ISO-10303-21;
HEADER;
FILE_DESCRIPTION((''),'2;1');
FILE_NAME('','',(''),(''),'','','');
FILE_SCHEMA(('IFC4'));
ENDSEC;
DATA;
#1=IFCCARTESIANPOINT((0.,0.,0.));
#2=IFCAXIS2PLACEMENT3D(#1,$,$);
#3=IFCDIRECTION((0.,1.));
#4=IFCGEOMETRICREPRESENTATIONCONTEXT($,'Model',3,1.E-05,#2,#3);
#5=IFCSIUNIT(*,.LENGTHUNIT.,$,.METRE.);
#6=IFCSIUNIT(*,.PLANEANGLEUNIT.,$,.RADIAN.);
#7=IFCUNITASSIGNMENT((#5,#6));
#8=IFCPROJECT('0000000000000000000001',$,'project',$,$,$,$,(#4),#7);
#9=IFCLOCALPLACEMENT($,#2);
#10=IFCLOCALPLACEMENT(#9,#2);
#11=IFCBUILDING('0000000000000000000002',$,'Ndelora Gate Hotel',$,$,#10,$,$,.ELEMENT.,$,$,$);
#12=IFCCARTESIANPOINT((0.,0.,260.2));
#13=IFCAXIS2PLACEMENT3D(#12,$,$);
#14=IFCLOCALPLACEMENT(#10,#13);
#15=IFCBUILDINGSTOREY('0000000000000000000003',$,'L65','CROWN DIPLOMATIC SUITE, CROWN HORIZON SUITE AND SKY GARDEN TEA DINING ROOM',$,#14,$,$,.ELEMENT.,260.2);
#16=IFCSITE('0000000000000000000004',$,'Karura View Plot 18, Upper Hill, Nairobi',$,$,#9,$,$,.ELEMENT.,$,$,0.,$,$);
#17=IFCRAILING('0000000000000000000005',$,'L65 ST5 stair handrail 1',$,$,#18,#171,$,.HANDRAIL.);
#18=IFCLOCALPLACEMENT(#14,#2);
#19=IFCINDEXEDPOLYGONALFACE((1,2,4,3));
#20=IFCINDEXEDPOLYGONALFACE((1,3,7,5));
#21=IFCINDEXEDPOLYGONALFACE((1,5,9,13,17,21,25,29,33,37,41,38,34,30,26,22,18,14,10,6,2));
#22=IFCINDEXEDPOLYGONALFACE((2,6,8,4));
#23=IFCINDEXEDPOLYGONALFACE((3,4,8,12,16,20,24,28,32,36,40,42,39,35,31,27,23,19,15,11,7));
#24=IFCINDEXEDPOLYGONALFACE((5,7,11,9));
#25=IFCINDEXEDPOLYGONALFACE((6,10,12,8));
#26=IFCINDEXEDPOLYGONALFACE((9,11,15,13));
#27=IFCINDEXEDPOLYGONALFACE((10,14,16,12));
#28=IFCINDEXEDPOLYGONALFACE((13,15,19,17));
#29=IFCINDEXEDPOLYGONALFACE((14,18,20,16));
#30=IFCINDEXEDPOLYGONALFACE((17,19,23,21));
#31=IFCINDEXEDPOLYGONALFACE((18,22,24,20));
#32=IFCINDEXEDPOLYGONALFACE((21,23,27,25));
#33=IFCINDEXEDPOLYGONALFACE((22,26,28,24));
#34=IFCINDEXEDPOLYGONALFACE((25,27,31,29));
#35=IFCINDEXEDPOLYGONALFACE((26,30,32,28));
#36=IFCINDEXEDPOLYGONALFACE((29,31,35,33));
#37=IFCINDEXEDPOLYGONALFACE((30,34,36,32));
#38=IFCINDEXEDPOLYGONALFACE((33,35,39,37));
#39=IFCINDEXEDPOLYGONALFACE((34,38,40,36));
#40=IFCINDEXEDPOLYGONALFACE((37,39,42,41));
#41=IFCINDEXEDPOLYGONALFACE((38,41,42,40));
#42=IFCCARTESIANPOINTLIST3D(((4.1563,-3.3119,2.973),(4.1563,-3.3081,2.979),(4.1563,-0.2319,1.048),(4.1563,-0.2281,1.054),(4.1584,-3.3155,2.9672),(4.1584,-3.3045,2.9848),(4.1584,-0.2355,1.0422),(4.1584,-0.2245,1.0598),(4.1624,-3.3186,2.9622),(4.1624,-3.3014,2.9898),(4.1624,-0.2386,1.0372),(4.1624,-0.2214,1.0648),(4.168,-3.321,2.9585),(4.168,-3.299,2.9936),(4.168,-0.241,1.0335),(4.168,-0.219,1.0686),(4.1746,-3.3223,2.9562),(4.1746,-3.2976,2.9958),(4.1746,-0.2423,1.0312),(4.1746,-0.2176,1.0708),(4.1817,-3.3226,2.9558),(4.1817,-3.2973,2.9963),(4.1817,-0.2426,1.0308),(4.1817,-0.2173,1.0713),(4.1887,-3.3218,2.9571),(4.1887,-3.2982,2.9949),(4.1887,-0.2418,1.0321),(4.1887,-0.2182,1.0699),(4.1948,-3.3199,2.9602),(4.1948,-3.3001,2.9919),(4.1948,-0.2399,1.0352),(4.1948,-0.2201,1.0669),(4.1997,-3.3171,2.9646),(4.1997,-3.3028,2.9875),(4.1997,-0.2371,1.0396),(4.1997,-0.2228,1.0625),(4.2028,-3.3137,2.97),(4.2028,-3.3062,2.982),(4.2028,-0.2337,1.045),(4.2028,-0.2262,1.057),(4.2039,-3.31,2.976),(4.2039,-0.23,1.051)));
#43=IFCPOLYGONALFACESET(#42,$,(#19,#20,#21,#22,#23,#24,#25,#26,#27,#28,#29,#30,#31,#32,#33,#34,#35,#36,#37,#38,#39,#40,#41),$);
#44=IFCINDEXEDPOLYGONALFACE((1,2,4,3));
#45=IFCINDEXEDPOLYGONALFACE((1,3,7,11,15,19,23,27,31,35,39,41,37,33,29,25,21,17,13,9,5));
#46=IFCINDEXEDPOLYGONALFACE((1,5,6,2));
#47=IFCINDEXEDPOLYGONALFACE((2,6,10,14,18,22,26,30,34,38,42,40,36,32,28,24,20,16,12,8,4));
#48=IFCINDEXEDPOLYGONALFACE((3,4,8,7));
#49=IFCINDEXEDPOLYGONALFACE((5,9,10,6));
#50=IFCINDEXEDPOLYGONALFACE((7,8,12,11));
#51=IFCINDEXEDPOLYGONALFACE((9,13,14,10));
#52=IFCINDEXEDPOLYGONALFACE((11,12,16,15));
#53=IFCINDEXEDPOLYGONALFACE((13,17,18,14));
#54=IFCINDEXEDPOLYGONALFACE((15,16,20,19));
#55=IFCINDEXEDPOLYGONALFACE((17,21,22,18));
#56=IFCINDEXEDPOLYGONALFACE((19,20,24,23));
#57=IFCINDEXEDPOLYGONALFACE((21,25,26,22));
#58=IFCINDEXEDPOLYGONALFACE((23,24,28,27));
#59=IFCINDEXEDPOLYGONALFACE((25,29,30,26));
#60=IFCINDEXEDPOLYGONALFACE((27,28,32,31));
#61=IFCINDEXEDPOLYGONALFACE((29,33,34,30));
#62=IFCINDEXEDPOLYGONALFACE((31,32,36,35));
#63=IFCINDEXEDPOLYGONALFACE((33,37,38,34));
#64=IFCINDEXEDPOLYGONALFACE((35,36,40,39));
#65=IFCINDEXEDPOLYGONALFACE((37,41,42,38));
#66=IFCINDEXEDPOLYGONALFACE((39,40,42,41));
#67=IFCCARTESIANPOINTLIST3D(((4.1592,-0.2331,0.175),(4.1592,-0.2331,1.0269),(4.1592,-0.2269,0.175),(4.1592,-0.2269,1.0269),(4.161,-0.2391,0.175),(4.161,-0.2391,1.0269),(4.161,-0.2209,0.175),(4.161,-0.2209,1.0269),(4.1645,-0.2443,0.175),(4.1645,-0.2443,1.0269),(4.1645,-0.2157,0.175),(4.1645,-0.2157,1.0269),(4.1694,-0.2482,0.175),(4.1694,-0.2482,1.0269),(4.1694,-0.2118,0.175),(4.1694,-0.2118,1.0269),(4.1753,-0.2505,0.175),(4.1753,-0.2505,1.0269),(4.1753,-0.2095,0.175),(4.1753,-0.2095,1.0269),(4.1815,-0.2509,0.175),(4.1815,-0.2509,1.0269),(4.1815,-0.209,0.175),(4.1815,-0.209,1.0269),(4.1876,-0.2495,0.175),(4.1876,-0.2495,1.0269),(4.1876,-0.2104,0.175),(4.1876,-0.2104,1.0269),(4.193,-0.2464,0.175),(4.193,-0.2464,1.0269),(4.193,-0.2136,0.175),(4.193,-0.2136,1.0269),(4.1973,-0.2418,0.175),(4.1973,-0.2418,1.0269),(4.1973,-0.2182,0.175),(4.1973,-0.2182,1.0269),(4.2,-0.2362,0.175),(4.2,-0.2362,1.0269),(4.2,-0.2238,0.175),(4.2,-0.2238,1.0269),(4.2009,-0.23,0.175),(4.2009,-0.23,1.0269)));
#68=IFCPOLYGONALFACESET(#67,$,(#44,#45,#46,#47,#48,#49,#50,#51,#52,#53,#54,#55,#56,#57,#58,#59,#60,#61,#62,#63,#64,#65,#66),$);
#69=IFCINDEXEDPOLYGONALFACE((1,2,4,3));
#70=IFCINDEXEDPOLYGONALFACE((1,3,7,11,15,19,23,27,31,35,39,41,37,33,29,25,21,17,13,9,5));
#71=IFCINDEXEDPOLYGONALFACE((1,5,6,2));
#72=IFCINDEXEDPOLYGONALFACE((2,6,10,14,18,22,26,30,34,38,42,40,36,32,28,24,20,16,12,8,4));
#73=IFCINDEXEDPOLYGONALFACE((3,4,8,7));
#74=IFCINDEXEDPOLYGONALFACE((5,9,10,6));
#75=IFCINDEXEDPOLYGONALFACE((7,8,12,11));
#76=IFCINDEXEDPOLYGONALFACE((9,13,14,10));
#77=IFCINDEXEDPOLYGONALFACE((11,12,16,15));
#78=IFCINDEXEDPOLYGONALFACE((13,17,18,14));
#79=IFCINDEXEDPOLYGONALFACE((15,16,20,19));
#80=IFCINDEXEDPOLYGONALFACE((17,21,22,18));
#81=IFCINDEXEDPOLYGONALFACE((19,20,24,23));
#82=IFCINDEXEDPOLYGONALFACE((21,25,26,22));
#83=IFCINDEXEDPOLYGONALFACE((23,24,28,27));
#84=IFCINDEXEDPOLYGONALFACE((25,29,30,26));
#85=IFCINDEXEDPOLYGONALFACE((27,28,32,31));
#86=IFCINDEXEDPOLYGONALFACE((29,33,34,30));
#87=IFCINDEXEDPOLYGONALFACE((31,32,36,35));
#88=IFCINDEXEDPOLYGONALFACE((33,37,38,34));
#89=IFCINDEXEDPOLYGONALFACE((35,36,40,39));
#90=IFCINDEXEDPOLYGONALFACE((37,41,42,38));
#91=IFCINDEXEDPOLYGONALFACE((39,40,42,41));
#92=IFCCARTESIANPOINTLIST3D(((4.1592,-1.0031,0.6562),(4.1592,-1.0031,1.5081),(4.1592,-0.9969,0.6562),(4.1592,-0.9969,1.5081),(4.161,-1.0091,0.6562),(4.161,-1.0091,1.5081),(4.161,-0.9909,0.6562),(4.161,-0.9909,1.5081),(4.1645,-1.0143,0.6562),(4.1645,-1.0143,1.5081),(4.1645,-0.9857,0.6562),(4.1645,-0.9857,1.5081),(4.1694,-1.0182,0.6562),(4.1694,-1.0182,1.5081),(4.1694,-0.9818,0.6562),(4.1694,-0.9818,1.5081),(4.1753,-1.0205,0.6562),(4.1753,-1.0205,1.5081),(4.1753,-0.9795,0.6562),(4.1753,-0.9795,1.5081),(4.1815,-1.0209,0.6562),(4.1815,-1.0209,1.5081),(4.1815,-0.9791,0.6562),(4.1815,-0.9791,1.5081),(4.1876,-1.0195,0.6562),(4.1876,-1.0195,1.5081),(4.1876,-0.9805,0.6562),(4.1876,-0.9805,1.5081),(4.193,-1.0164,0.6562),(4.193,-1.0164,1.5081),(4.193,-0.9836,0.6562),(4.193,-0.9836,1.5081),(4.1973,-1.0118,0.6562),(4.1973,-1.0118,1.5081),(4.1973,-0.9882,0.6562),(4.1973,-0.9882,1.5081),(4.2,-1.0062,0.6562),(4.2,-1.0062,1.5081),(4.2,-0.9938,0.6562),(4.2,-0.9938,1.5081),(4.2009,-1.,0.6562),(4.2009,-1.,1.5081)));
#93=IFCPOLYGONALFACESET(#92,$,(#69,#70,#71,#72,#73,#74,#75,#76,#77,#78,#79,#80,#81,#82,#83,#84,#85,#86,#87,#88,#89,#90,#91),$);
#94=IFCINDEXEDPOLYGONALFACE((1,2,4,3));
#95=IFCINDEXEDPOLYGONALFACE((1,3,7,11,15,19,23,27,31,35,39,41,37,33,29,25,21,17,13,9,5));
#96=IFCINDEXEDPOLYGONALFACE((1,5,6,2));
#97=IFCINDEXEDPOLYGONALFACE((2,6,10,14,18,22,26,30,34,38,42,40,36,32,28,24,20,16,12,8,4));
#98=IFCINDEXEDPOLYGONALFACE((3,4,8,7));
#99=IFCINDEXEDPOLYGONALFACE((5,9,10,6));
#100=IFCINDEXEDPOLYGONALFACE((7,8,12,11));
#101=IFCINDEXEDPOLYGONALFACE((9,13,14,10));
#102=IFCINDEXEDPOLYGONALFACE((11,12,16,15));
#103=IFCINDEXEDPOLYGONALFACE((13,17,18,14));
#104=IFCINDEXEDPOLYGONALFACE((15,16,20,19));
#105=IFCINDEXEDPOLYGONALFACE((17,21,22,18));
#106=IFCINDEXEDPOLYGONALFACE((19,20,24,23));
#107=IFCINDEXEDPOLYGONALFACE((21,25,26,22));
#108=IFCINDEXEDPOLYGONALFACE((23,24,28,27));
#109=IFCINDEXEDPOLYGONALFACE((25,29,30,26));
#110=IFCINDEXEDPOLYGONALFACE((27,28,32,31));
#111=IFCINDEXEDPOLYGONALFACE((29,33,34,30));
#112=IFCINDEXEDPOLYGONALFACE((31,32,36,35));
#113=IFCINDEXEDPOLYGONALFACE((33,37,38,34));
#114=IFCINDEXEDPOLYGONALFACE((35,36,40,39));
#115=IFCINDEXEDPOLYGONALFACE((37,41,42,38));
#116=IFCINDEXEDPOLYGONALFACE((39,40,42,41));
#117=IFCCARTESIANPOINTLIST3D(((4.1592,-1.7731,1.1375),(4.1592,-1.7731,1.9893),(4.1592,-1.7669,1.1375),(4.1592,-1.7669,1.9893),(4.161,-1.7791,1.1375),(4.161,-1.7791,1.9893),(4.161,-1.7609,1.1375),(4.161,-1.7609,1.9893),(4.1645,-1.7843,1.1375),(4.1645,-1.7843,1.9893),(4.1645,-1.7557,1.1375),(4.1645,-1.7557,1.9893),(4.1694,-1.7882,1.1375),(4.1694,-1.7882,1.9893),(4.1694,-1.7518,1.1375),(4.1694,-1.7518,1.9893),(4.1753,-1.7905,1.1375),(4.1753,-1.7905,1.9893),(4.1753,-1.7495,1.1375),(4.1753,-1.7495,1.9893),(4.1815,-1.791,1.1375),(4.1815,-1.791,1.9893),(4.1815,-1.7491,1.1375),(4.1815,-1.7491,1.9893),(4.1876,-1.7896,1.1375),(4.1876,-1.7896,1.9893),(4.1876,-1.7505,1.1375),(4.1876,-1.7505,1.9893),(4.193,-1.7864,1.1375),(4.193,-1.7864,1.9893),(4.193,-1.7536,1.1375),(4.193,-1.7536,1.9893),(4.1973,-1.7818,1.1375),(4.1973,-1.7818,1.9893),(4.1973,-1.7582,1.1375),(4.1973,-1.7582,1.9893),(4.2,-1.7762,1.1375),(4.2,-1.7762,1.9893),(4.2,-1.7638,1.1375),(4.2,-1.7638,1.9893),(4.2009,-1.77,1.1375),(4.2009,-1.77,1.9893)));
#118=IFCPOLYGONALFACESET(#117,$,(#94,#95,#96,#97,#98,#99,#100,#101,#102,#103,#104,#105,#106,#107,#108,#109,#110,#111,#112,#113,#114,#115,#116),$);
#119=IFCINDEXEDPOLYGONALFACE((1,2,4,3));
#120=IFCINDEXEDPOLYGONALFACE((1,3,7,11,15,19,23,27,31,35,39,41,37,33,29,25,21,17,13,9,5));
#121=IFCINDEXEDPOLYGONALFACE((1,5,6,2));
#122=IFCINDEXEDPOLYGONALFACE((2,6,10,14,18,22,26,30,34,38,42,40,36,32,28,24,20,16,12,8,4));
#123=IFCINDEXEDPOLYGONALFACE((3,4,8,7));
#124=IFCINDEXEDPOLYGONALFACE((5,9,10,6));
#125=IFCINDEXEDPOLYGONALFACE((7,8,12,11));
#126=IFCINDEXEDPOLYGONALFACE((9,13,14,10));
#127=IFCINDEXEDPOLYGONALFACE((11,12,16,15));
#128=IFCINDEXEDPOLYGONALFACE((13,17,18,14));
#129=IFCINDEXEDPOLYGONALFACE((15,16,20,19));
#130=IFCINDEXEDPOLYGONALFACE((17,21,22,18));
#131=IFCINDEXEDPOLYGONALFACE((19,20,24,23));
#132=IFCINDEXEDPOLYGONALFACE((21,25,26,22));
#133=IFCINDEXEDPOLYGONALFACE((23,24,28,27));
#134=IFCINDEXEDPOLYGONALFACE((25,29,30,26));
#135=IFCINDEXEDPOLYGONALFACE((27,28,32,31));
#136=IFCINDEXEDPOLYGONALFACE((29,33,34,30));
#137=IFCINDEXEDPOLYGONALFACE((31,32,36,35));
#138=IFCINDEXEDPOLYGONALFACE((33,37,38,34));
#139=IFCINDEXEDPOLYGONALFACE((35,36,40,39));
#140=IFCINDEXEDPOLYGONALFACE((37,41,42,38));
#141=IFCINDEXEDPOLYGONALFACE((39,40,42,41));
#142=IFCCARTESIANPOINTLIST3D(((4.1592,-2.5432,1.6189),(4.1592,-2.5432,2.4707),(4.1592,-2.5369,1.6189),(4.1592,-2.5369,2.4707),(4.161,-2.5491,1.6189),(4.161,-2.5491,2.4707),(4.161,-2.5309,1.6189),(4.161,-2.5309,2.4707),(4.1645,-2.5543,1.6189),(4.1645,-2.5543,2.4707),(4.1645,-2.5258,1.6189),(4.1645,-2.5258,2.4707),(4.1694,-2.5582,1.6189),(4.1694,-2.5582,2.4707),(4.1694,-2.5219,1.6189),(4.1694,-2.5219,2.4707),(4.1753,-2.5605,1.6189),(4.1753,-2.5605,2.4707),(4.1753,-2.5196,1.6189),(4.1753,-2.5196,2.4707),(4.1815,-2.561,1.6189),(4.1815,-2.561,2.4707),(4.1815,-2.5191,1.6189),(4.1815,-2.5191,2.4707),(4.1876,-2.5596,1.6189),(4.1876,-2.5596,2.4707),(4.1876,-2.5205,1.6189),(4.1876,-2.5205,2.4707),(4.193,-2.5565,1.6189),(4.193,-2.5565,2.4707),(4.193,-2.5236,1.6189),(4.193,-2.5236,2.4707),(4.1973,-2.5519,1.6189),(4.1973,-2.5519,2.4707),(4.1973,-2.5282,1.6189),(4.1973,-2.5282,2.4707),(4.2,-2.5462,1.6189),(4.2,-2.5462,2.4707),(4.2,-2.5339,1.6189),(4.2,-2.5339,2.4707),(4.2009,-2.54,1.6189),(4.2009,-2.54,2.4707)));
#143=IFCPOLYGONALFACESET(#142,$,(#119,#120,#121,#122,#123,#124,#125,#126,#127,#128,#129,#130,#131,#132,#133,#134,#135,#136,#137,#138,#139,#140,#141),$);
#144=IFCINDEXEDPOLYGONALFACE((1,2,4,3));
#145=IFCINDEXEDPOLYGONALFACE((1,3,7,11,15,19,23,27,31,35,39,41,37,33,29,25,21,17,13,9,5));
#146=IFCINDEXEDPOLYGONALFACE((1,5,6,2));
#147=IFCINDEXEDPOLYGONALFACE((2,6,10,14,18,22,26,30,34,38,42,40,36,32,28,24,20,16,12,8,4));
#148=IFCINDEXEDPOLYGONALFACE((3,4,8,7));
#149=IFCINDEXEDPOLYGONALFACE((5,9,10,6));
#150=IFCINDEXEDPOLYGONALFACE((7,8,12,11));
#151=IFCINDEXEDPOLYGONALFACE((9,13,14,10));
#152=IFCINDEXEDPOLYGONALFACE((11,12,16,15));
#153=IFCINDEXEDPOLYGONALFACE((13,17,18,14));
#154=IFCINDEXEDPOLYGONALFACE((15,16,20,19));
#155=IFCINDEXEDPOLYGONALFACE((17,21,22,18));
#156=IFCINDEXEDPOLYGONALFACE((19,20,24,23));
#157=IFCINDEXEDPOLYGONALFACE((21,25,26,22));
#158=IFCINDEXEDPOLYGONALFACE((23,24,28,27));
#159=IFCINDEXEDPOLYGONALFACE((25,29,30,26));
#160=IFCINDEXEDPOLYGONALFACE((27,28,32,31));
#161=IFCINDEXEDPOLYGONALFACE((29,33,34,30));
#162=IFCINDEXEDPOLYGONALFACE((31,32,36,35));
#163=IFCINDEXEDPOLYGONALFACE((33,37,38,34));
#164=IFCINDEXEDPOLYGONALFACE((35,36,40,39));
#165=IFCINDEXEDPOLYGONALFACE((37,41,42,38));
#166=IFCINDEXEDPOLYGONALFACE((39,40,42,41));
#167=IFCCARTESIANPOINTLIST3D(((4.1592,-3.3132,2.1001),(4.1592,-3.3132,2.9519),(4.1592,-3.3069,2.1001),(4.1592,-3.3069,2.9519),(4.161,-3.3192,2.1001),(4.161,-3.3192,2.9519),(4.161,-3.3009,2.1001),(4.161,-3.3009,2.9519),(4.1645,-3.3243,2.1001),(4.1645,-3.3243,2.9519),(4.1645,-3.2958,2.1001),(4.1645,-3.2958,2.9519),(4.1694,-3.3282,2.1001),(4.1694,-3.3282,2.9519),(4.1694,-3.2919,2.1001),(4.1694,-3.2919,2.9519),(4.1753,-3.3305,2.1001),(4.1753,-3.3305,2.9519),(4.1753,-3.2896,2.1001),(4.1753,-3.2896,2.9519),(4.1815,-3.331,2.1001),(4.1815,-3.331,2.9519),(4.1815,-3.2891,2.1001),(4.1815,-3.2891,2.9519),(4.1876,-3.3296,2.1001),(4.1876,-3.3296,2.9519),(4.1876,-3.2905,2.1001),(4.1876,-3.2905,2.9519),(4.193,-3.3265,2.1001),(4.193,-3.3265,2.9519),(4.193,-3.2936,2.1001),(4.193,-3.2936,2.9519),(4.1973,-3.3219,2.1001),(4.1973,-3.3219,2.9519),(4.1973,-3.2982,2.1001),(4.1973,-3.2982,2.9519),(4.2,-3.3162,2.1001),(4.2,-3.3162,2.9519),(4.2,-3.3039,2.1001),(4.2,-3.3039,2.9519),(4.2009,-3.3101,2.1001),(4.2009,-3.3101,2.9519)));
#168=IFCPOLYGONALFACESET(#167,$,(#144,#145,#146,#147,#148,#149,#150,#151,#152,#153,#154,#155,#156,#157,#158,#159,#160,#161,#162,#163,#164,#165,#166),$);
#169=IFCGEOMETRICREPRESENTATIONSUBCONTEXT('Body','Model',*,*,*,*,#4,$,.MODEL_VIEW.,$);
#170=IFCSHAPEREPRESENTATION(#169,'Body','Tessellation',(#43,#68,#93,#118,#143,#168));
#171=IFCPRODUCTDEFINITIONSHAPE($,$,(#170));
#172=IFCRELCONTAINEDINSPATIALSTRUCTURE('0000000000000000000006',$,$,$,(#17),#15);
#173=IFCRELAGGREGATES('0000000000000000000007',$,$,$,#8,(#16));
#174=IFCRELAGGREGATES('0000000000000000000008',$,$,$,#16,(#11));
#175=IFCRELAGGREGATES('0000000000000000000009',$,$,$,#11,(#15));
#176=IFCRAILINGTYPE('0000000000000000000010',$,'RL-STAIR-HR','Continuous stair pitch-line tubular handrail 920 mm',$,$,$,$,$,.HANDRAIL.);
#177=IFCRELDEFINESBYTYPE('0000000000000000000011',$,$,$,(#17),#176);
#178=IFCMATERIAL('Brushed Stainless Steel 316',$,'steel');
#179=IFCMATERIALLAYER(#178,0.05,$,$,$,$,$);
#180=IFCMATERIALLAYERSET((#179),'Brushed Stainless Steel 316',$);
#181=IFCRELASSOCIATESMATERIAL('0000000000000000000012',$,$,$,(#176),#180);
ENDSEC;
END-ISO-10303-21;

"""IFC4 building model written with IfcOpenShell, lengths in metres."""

from ifc_helpers import new_model, si_unit, direction, frame, origin, origin_2d, place, context, subcontext, project, spatial, circle, extrude, material, layer, layer_set, type_object, element, save


model = new_model("IFC4")

# Units and contexts
model_context = context("Model", 3, precision=1e-05, world=origin(), true_north=direction((0.0, 1.0)))
body_context = subcontext(model_context, "Body", "Model", "MODEL_VIEW")
ifc_project = project(units=[si_unit("LENGTHUNIT", "METRE"), si_unit("PLANEANGLEUNIT", "RADIAN")], contexts=[model_context])

# Site, building, storey
site_placement = place(None, origin())
site = spatial("IfcSite", under=ifc_project, at=site_placement, Name="Karura View Plot 18, Upper Hill, Nairobi", CompositionType="ELEMENT", RefElevation=0.0)
building_placement = place(site_placement, origin())
building = spatial("IfcBuilding", under=site, at=building_placement, Name="Ndelora Gate Hotel", CompositionType="ELEMENT")
storey_placement = place(building_placement, frame((0.0, 0.0, 260.2)))
storey = spatial("IfcBuildingStorey", under=building, at=storey_placement, Name="L65", Description="CROWN DIPLOMATIC SUITE, CROWN HORIZON SUITE AND SKY GARDEN TEA DINING ROOM", CompositionType="ELEMENT", Elevation=260.2)

# Railing
ifc_material_1 = material(Name="Brushed Stainless Steel 316", Category="steel")
ifc_layer_1 = layer(ifc_material_1, 0.05)
ifc_layer_set_1 = layer_set([ifc_layer_1], Name="Brushed Stainless Steel 316")
railing_type_1 = type_object("IfcRailingType", Name="RL-STAIR-HR", Description="Continuous stair pitch-line tubular handrail 920 mm", PredefinedType="HANDRAIL", material=ifc_layer_set_1)
railing_1_placement = place(storey_placement, frame((4.1799, -0.23, 0.175)))
element("IfcRailing", 1, at=railing_1_placement, inside=storey, type_object=railing_type_1, Name="L65 ST5 stair handrail 1", PredefinedType="HANDRAIL", context=body_context, shape_type="SweptSolid", body=[
    extrude(circle(Radius=0.0239, at=origin_2d()), frame((0.0, 0.0, 0.876), z_axis=(0.0, -0.847998, 0.529999), x_axis=(1.0, 0.0, 0.0)), (0.0, 0.0, 1.0), 3.6321),
    extrude(circle(Radius=0.021, at=origin_2d()), origin(), (0.0, 0.0, 1.0), 0.8518),
    extrude(circle(Radius=0.021, at=origin_2d()), frame((0.0, -0.77, 0.4812)), (0.0, 0.0, 1.0), 0.8518),
    extrude(circle(Radius=0.021, at=origin_2d()), frame((0.0, -1.54, 0.9624)), (0.0, 0.0, 1.0), 0.8518),
    extrude(circle(Radius=0.021, at=origin_2d()), frame((0.0, -2.3101, 1.4438)), (0.0, 0.0, 1.0), 0.8518),
    extrude(circle(Radius=0.021, at=origin_2d()), frame((0.0, -3.0801, 1.925)), (0.0, 0.0, 1.0), 0.8518),
])

save(model, "model.ifc")
